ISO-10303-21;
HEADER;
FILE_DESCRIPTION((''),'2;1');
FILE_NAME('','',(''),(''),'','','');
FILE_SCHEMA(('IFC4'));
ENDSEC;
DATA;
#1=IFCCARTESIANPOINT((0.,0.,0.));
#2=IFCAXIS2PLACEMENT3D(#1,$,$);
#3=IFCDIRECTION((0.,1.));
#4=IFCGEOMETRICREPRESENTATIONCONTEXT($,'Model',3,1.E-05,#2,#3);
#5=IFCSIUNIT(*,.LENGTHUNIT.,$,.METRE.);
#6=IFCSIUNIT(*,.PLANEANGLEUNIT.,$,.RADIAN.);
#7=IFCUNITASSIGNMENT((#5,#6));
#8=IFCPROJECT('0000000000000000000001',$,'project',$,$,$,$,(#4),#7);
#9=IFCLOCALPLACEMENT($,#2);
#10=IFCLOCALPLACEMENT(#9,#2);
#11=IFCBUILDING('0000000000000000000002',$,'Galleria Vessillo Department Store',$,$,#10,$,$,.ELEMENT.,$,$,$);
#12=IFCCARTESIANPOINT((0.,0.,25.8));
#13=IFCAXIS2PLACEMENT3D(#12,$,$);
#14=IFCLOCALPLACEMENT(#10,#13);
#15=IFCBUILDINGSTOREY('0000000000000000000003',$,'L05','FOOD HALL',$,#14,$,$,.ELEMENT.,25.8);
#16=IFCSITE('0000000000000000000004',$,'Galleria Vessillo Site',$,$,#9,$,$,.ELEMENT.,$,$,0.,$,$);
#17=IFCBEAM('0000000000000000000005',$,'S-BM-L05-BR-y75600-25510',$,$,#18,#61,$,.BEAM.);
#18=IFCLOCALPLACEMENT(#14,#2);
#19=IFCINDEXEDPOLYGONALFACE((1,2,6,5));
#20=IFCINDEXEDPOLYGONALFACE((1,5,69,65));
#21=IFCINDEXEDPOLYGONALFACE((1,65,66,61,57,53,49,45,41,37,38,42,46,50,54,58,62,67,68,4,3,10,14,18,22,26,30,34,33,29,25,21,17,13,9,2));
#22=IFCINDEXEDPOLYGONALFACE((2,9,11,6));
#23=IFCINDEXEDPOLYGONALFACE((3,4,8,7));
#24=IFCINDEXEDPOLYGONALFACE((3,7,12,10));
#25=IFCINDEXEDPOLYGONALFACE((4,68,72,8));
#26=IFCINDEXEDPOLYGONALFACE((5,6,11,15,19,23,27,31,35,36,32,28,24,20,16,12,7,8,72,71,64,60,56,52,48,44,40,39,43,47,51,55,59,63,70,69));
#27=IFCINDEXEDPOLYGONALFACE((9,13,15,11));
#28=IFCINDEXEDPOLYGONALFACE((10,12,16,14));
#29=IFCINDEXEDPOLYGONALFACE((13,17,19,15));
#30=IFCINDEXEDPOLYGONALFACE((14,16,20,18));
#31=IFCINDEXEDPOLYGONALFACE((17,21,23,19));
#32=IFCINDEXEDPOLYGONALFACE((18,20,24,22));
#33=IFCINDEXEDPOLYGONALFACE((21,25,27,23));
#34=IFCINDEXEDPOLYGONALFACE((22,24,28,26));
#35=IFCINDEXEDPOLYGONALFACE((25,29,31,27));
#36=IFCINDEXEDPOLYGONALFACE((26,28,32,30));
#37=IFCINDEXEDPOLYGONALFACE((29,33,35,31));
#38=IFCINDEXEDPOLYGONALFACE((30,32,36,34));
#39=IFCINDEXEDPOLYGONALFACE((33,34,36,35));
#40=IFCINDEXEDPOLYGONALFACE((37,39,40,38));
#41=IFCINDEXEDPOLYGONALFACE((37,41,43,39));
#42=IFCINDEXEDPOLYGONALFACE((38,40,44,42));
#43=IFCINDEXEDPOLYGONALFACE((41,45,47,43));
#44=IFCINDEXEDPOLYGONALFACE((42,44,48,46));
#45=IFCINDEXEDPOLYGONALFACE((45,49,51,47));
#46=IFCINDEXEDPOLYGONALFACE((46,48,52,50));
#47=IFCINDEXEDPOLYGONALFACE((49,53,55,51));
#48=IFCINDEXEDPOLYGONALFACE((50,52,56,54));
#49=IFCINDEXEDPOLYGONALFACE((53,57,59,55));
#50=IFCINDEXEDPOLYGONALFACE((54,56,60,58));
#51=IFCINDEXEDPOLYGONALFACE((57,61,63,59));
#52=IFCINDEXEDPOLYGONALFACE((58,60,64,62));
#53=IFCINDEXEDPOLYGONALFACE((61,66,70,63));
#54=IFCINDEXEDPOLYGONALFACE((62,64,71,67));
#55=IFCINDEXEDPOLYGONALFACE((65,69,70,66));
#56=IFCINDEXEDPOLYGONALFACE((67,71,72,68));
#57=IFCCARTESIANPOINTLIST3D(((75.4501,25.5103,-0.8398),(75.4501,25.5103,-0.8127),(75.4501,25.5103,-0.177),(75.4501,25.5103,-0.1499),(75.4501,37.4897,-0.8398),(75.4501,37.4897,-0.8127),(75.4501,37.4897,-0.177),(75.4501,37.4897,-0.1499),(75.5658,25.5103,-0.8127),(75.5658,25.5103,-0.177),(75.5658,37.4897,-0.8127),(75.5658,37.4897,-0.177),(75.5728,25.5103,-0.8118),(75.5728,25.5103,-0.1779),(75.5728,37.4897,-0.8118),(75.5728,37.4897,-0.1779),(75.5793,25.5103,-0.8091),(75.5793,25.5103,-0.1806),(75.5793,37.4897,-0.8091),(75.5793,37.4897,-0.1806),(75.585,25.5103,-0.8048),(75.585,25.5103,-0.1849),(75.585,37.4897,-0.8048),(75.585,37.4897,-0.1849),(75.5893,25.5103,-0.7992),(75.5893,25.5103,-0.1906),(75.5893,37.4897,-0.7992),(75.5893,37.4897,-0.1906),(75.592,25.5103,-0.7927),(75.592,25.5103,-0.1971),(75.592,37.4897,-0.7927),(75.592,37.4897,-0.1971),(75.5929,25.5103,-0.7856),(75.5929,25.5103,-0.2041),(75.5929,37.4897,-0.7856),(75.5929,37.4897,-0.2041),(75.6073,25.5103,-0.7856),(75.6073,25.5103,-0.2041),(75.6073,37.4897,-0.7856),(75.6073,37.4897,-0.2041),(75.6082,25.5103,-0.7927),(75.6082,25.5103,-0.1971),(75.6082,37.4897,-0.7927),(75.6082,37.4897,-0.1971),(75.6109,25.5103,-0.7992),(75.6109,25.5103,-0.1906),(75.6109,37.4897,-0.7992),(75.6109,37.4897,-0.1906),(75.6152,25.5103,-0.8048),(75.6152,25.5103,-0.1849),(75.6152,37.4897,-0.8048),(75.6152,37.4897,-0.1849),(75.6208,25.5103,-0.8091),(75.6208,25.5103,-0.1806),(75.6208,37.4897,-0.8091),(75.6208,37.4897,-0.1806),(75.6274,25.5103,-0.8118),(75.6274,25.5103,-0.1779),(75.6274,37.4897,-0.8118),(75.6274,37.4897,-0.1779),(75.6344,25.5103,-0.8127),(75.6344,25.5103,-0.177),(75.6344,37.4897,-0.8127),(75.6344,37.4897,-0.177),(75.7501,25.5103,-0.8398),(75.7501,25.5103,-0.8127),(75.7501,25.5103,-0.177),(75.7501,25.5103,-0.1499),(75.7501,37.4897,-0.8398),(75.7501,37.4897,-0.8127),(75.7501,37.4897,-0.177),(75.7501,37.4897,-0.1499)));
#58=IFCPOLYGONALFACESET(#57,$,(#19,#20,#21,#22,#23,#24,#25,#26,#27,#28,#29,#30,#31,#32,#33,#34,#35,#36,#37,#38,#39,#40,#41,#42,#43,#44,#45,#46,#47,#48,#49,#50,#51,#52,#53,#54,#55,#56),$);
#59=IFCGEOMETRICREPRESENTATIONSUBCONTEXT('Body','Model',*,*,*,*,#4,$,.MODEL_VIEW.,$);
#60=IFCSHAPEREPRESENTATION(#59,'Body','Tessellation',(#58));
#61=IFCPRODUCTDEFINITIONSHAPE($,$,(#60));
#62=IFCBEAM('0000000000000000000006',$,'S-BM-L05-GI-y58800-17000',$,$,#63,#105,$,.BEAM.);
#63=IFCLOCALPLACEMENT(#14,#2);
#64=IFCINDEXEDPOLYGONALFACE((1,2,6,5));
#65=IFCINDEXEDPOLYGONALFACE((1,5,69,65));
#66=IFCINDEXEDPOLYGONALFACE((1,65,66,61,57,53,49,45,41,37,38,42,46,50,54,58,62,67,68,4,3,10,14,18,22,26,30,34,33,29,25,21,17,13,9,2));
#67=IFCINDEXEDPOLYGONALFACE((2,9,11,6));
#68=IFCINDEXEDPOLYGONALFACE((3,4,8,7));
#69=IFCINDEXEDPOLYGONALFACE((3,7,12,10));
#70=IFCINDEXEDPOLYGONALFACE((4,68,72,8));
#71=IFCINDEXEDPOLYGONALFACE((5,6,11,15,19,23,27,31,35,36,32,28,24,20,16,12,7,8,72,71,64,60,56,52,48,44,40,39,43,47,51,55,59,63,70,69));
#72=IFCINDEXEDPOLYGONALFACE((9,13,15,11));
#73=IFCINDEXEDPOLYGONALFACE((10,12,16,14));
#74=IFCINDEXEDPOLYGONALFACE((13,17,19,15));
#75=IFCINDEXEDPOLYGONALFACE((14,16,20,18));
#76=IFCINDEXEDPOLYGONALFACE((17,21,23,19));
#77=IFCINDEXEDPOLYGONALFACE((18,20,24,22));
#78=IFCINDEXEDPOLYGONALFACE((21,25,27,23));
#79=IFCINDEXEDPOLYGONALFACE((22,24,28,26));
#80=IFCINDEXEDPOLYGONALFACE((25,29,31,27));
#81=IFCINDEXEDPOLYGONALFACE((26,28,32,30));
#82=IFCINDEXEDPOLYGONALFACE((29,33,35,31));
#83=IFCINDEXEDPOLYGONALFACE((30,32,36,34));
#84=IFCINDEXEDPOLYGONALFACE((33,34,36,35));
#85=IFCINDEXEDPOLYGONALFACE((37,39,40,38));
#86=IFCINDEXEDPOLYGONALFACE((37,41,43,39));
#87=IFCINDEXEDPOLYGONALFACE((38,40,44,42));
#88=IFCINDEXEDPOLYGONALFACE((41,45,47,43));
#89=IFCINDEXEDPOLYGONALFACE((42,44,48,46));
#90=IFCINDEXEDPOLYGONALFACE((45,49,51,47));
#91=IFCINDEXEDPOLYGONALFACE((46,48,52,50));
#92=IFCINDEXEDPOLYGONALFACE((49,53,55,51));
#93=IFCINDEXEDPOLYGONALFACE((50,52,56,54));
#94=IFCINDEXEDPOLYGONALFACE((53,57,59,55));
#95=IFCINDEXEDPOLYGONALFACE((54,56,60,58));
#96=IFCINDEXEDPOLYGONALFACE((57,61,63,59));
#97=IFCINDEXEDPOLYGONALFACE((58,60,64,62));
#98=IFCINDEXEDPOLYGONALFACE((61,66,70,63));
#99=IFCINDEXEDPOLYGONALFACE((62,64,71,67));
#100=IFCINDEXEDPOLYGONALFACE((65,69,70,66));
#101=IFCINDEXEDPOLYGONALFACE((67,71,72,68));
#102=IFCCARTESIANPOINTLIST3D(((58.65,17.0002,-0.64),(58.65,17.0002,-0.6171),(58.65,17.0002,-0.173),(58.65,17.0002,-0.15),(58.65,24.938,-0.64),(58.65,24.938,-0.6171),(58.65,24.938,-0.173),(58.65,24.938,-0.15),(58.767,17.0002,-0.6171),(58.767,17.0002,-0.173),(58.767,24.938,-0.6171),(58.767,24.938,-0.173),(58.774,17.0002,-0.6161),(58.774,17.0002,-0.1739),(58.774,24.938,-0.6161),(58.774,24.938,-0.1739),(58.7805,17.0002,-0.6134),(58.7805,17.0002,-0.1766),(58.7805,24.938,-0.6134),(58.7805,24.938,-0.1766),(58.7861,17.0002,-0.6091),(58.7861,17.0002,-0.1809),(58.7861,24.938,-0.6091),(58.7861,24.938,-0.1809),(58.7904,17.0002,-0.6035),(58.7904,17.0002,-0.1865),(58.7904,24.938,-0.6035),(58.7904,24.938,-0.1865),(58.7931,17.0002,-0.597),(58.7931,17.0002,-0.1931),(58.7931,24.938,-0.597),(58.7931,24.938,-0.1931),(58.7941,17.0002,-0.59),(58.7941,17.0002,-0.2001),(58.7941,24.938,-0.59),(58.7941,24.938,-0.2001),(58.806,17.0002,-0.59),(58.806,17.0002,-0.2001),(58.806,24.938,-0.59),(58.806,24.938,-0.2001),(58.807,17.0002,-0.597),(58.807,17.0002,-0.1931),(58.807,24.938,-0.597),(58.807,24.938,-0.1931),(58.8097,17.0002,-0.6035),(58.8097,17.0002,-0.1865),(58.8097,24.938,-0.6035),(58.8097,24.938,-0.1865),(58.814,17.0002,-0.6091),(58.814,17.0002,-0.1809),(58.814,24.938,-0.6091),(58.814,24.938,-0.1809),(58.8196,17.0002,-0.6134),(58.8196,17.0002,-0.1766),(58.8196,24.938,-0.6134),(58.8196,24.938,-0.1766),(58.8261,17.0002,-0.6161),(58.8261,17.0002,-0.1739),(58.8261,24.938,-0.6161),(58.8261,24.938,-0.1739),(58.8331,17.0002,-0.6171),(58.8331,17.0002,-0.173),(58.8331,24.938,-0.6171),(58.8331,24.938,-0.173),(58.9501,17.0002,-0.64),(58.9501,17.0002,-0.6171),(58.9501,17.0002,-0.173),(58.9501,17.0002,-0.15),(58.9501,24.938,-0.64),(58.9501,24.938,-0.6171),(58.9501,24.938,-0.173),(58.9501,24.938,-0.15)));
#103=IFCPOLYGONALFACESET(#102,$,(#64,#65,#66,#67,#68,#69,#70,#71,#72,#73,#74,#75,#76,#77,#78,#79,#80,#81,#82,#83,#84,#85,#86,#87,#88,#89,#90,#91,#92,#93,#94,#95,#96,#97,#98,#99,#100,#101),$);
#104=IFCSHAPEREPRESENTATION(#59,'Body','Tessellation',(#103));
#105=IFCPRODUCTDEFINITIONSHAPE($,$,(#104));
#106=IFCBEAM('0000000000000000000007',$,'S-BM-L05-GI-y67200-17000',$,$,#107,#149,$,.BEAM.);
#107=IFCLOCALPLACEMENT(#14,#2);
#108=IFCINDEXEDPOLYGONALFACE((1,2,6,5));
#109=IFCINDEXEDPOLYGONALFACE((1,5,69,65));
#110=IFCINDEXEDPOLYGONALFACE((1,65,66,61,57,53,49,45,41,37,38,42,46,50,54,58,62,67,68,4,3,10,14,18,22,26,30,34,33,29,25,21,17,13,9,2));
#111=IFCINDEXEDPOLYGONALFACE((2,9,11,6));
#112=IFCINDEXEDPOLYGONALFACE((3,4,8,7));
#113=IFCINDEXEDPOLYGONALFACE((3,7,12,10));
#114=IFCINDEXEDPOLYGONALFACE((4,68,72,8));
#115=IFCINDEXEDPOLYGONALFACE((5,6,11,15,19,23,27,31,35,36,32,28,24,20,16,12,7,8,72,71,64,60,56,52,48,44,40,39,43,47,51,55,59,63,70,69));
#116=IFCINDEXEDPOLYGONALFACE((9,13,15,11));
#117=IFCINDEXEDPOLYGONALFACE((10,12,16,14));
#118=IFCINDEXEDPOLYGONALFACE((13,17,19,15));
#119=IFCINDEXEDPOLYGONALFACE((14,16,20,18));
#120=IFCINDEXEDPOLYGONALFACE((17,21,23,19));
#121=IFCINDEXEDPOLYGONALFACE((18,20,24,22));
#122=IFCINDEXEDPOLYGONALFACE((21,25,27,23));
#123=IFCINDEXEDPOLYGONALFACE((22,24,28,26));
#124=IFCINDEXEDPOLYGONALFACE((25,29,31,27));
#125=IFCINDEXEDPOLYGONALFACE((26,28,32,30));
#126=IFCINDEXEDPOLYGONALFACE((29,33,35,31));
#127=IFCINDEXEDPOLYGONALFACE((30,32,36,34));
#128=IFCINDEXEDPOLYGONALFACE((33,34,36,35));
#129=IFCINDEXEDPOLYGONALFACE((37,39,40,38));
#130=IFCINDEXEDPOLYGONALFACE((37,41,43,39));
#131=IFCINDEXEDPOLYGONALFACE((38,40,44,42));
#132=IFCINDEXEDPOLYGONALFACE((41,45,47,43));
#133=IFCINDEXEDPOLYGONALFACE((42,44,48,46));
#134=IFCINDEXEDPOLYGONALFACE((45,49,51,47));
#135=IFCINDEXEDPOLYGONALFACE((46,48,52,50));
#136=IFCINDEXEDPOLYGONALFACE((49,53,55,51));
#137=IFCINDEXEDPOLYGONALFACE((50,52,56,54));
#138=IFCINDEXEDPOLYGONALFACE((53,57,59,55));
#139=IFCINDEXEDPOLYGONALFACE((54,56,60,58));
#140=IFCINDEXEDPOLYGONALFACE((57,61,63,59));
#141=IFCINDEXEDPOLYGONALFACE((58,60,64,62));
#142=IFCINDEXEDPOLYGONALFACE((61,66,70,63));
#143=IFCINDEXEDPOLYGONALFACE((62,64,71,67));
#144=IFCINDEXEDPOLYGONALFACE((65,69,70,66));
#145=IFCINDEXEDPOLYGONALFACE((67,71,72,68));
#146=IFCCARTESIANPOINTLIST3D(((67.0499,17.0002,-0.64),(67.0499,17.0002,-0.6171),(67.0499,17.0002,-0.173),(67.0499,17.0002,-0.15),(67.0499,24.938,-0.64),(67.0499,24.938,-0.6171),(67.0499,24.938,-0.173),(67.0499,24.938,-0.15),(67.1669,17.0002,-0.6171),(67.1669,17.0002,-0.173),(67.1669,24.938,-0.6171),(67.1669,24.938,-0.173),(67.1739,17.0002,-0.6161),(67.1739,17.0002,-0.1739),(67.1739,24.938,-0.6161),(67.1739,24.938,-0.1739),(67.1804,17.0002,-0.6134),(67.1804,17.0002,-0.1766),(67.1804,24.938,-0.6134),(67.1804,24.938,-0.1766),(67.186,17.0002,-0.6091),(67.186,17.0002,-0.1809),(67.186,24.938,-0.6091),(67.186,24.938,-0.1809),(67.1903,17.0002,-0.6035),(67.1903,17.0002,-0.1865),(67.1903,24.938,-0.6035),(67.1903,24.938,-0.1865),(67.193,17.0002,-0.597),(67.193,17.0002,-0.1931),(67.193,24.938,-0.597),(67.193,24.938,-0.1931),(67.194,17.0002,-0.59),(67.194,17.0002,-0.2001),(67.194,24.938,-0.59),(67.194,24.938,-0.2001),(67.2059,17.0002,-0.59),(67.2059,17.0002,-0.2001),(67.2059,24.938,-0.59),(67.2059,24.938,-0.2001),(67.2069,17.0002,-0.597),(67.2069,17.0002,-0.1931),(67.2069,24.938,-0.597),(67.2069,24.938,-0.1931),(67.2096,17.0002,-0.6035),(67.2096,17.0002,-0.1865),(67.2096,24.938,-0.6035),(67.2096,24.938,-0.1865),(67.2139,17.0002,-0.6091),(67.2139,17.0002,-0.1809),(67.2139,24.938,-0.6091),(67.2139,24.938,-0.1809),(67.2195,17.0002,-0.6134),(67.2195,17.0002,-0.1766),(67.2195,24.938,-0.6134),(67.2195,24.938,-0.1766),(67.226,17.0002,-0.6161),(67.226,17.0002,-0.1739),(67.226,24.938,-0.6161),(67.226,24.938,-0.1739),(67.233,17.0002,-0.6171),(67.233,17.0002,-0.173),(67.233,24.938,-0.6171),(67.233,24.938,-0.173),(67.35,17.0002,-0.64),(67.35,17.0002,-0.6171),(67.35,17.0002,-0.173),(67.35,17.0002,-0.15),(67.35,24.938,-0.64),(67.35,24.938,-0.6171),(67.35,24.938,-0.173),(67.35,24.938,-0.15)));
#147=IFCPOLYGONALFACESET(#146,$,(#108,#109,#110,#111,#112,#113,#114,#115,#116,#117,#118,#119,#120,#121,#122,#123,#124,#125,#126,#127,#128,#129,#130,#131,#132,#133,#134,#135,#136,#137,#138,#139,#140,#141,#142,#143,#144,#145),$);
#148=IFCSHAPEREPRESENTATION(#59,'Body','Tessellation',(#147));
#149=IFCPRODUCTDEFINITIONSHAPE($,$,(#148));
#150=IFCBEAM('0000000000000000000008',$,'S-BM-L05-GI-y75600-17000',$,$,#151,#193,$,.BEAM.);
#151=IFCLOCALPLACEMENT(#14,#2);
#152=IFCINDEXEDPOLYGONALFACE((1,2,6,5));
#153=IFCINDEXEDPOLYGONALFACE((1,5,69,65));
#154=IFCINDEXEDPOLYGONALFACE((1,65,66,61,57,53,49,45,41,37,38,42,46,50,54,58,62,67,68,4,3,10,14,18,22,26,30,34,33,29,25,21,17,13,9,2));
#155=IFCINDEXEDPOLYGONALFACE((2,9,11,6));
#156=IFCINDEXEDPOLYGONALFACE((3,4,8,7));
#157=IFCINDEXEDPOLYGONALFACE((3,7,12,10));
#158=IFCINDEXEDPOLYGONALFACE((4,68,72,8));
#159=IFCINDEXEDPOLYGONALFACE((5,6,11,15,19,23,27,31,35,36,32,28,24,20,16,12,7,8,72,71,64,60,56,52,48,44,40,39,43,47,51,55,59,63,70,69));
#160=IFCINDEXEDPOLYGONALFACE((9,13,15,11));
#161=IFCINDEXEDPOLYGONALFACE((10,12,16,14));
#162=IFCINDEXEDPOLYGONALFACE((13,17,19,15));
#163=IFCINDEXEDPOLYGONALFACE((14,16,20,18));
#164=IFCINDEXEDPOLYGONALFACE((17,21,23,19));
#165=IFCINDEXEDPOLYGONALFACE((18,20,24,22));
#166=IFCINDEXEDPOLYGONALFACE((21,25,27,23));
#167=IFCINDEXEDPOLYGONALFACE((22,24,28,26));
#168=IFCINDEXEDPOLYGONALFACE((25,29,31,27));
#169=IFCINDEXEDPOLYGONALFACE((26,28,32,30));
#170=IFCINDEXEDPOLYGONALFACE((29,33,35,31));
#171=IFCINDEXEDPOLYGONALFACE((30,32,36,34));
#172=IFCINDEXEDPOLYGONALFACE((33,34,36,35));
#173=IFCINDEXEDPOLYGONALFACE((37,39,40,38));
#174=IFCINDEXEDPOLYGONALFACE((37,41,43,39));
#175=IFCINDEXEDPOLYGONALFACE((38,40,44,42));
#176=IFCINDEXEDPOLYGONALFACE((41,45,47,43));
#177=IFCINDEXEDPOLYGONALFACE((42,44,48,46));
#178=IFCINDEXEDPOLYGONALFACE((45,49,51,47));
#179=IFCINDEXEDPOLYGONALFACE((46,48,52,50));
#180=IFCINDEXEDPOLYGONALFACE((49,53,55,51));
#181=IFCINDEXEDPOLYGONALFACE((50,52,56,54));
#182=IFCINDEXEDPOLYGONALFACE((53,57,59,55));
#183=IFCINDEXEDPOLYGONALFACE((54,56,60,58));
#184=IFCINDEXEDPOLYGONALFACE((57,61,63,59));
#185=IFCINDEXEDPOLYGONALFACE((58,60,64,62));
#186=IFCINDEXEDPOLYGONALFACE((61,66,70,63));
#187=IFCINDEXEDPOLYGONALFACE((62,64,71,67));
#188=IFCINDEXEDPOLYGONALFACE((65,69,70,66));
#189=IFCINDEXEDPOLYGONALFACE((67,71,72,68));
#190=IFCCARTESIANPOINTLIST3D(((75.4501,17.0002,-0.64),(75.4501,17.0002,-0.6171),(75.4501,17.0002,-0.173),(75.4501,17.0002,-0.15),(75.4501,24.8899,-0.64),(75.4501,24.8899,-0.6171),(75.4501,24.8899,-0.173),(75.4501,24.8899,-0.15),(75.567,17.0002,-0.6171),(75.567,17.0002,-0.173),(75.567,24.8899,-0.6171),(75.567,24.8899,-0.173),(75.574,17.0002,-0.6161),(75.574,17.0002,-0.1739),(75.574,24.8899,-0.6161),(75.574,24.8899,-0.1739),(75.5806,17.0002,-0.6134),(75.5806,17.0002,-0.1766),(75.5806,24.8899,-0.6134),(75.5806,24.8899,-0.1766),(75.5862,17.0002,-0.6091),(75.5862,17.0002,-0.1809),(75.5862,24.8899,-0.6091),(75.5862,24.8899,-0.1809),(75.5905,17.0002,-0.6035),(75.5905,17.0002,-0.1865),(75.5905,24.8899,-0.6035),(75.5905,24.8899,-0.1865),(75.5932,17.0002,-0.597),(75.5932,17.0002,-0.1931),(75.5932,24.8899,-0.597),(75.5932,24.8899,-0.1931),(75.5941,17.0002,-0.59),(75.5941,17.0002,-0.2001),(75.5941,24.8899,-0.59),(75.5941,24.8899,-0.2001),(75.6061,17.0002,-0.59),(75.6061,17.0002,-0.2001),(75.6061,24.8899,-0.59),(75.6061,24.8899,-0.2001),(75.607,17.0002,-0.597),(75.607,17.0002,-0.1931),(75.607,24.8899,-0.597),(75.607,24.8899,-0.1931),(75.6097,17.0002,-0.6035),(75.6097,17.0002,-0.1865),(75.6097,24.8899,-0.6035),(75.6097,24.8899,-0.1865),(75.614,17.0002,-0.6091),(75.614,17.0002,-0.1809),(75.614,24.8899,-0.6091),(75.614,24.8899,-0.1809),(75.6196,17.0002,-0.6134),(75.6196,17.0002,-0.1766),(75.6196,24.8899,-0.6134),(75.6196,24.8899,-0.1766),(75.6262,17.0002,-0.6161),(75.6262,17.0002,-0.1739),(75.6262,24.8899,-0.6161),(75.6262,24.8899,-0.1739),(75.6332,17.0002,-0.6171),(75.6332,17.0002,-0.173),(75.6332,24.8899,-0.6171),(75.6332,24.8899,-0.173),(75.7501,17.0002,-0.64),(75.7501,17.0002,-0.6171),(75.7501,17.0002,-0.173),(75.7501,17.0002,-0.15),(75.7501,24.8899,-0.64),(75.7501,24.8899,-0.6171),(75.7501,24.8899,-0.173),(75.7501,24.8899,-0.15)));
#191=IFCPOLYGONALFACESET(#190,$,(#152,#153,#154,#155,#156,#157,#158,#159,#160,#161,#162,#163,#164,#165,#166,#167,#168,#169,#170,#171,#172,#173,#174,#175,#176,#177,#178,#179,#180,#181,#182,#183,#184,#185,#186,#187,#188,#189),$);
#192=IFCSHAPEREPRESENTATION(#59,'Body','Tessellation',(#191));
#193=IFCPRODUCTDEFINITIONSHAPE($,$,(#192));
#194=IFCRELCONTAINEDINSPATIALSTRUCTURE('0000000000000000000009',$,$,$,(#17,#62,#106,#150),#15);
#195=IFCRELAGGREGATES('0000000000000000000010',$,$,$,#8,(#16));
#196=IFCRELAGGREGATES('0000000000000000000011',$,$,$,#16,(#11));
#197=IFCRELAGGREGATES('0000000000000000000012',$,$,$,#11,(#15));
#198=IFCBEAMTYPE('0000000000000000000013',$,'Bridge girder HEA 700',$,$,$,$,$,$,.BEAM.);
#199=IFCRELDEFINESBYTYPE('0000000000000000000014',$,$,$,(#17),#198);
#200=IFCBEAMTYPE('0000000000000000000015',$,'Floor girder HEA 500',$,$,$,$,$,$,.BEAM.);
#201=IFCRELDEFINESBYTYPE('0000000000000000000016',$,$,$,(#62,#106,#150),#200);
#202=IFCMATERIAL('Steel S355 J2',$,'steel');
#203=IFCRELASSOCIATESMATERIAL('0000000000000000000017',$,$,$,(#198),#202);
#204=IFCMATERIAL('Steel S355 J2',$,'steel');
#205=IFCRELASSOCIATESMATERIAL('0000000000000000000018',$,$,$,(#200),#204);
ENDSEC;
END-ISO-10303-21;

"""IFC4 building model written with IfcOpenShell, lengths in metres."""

from ifc_helpers import new_model, si_unit, direction, frame, origin, origin_2d, place, context, subcontext, project, spatial, i_section, extrude, material, material_profile, profile_set, type_object, element, save


model = new_model("IFC4")

# Units and contexts
model_context = context("Model", 3, precision=1e-05, world=origin(), true_north=direction((0.0, 1.0)))
body_context = subcontext(model_context, "Body", "Model", "MODEL_VIEW")
ifc_project = project(units=[si_unit("LENGTHUNIT", "METRE"), si_unit("PLANEANGLEUNIT", "RADIAN")], contexts=[model_context])

# Site, building, storey
site_placement = place(None, origin())
site = spatial("IfcSite", under=ifc_project, at=site_placement, Name="Galleria Vessillo Site", CompositionType="ELEMENT", RefElevation=0.0)
building_placement = place(site_placement, origin())
building = spatial("IfcBuilding", under=site, at=building_placement, Name="Galleria Vessillo Department Store", CompositionType="ELEMENT")
storey_placement = place(building_placement, frame((0.0, 0.0, 25.8)))
storey = spatial("IfcBuildingStorey", under=building, at=storey_placement, Name="L05", Description="FOOD HALL", CompositionType="ELEMENT", Elevation=25.8)

# Beams
ifc_material_1 = material(Name="Steel S355 J2", Category="steel")
ifc_material_profile_1 = material_profile(ifc_material_1, i_section(OverallWidth=0.3, OverallDepth=0.6899, WebThickness=0.0144, FlangeThickness=0.0271, FilletRadius=0.0271, at=origin_2d()), Name="HEA 700")
ifc_profile_set_1 = profile_set([ifc_material_profile_1], Name="Steel S355 J2")
beam_type_1 = type_object("IfcBeamType", Name="Bridge girder HEA 700", PredefinedType="BEAM", material=ifc_profile_set_1)
beam_1_placement = place(storey_placement, frame((75.6001, 25.5103, -0.4949), z_axis=(0.0, 1.0, 0.0), x_axis=(-1.0, 0.0, 0.0)))
element("IfcBeam", 1, at=beam_1_placement, inside=storey, type_object=beam_type_1, Name="S-BM-L05-BR-y75600-25510", PredefinedType="BEAM", context=body_context, shape_type="SweptSolid", body=[
    extrude(i_section(OverallWidth=0.3, OverallDepth=0.6899, WebThickness=0.0144, FlangeThickness=0.0271, FilletRadius=0.0271, at=origin_2d()), origin(), (0.0, 0.0, 1.0), 11.9795),
])
ifc_material_2 = material(Name="Steel S355 J2", Category="steel")
ifc_material_profile_2 = material_profile(ifc_material_2, i_section(OverallWidth=0.3, OverallDepth=0.49, WebThickness=0.012, FlangeThickness=0.0229, FilletRadius=0.0271, at=origin_2d()), Name="HEA 500")
ifc_profile_set_2 = profile_set([ifc_material_profile_2], Name="Steel S355 J2")
beam_type_2 = type_object("IfcBeamType", Name="Floor girder HEA 500", PredefinedType="BEAM", material=ifc_profile_set_2)
for number, where, z_axis, x_axis, name in (
    (2, (58.8, 17.0002, -0.395), (0.0, 1.0, 0.0), (-1.0, 0.0, 0.0), "S-BM-L05-GI-y58800-17000"),
    (3, (67.2, 17.0002, -0.395), (0.0, 1.0, 0.0), (-1.0, 0.0, 0.0), "S-BM-L05-GI-y67200-17000"),
):
    element("IfcBeam", number, at=place(storey_placement, frame(where, z_axis=z_axis, x_axis=x_axis)), inside=storey, type_object=beam_type_2, Name=name, PredefinedType="BEAM", context=body_context, shape_type="SweptSolid", body=[
        extrude(i_section(OverallWidth=0.3, OverallDepth=0.49, WebThickness=0.012, FlangeThickness=0.0229, FilletRadius=0.0271, at=origin_2d()), origin(), (0.0, 0.0, 1.0), 7.9377),
    ])
beam_2_placement = place(storey_placement, frame((75.6001, 17.0002, -0.395), z_axis=(0.0, 1.0, 0.0), x_axis=(-1.0, 0.0, 0.0)))
element("IfcBeam", 4, at=beam_2_placement, inside=storey, type_object=beam_type_2, Name="S-BM-L05-GI-y75600-17000", PredefinedType="BEAM", context=body_context, shape_type="SweptSolid", body=[
    extrude(i_section(OverallWidth=0.3, OverallDepth=0.49, WebThickness=0.012, FlangeThickness=0.0229, FilletRadius=0.0271, at=origin_2d()), origin(), (0.0, 0.0, 1.0), 7.8896),
])

save(model, "model.ifc")
